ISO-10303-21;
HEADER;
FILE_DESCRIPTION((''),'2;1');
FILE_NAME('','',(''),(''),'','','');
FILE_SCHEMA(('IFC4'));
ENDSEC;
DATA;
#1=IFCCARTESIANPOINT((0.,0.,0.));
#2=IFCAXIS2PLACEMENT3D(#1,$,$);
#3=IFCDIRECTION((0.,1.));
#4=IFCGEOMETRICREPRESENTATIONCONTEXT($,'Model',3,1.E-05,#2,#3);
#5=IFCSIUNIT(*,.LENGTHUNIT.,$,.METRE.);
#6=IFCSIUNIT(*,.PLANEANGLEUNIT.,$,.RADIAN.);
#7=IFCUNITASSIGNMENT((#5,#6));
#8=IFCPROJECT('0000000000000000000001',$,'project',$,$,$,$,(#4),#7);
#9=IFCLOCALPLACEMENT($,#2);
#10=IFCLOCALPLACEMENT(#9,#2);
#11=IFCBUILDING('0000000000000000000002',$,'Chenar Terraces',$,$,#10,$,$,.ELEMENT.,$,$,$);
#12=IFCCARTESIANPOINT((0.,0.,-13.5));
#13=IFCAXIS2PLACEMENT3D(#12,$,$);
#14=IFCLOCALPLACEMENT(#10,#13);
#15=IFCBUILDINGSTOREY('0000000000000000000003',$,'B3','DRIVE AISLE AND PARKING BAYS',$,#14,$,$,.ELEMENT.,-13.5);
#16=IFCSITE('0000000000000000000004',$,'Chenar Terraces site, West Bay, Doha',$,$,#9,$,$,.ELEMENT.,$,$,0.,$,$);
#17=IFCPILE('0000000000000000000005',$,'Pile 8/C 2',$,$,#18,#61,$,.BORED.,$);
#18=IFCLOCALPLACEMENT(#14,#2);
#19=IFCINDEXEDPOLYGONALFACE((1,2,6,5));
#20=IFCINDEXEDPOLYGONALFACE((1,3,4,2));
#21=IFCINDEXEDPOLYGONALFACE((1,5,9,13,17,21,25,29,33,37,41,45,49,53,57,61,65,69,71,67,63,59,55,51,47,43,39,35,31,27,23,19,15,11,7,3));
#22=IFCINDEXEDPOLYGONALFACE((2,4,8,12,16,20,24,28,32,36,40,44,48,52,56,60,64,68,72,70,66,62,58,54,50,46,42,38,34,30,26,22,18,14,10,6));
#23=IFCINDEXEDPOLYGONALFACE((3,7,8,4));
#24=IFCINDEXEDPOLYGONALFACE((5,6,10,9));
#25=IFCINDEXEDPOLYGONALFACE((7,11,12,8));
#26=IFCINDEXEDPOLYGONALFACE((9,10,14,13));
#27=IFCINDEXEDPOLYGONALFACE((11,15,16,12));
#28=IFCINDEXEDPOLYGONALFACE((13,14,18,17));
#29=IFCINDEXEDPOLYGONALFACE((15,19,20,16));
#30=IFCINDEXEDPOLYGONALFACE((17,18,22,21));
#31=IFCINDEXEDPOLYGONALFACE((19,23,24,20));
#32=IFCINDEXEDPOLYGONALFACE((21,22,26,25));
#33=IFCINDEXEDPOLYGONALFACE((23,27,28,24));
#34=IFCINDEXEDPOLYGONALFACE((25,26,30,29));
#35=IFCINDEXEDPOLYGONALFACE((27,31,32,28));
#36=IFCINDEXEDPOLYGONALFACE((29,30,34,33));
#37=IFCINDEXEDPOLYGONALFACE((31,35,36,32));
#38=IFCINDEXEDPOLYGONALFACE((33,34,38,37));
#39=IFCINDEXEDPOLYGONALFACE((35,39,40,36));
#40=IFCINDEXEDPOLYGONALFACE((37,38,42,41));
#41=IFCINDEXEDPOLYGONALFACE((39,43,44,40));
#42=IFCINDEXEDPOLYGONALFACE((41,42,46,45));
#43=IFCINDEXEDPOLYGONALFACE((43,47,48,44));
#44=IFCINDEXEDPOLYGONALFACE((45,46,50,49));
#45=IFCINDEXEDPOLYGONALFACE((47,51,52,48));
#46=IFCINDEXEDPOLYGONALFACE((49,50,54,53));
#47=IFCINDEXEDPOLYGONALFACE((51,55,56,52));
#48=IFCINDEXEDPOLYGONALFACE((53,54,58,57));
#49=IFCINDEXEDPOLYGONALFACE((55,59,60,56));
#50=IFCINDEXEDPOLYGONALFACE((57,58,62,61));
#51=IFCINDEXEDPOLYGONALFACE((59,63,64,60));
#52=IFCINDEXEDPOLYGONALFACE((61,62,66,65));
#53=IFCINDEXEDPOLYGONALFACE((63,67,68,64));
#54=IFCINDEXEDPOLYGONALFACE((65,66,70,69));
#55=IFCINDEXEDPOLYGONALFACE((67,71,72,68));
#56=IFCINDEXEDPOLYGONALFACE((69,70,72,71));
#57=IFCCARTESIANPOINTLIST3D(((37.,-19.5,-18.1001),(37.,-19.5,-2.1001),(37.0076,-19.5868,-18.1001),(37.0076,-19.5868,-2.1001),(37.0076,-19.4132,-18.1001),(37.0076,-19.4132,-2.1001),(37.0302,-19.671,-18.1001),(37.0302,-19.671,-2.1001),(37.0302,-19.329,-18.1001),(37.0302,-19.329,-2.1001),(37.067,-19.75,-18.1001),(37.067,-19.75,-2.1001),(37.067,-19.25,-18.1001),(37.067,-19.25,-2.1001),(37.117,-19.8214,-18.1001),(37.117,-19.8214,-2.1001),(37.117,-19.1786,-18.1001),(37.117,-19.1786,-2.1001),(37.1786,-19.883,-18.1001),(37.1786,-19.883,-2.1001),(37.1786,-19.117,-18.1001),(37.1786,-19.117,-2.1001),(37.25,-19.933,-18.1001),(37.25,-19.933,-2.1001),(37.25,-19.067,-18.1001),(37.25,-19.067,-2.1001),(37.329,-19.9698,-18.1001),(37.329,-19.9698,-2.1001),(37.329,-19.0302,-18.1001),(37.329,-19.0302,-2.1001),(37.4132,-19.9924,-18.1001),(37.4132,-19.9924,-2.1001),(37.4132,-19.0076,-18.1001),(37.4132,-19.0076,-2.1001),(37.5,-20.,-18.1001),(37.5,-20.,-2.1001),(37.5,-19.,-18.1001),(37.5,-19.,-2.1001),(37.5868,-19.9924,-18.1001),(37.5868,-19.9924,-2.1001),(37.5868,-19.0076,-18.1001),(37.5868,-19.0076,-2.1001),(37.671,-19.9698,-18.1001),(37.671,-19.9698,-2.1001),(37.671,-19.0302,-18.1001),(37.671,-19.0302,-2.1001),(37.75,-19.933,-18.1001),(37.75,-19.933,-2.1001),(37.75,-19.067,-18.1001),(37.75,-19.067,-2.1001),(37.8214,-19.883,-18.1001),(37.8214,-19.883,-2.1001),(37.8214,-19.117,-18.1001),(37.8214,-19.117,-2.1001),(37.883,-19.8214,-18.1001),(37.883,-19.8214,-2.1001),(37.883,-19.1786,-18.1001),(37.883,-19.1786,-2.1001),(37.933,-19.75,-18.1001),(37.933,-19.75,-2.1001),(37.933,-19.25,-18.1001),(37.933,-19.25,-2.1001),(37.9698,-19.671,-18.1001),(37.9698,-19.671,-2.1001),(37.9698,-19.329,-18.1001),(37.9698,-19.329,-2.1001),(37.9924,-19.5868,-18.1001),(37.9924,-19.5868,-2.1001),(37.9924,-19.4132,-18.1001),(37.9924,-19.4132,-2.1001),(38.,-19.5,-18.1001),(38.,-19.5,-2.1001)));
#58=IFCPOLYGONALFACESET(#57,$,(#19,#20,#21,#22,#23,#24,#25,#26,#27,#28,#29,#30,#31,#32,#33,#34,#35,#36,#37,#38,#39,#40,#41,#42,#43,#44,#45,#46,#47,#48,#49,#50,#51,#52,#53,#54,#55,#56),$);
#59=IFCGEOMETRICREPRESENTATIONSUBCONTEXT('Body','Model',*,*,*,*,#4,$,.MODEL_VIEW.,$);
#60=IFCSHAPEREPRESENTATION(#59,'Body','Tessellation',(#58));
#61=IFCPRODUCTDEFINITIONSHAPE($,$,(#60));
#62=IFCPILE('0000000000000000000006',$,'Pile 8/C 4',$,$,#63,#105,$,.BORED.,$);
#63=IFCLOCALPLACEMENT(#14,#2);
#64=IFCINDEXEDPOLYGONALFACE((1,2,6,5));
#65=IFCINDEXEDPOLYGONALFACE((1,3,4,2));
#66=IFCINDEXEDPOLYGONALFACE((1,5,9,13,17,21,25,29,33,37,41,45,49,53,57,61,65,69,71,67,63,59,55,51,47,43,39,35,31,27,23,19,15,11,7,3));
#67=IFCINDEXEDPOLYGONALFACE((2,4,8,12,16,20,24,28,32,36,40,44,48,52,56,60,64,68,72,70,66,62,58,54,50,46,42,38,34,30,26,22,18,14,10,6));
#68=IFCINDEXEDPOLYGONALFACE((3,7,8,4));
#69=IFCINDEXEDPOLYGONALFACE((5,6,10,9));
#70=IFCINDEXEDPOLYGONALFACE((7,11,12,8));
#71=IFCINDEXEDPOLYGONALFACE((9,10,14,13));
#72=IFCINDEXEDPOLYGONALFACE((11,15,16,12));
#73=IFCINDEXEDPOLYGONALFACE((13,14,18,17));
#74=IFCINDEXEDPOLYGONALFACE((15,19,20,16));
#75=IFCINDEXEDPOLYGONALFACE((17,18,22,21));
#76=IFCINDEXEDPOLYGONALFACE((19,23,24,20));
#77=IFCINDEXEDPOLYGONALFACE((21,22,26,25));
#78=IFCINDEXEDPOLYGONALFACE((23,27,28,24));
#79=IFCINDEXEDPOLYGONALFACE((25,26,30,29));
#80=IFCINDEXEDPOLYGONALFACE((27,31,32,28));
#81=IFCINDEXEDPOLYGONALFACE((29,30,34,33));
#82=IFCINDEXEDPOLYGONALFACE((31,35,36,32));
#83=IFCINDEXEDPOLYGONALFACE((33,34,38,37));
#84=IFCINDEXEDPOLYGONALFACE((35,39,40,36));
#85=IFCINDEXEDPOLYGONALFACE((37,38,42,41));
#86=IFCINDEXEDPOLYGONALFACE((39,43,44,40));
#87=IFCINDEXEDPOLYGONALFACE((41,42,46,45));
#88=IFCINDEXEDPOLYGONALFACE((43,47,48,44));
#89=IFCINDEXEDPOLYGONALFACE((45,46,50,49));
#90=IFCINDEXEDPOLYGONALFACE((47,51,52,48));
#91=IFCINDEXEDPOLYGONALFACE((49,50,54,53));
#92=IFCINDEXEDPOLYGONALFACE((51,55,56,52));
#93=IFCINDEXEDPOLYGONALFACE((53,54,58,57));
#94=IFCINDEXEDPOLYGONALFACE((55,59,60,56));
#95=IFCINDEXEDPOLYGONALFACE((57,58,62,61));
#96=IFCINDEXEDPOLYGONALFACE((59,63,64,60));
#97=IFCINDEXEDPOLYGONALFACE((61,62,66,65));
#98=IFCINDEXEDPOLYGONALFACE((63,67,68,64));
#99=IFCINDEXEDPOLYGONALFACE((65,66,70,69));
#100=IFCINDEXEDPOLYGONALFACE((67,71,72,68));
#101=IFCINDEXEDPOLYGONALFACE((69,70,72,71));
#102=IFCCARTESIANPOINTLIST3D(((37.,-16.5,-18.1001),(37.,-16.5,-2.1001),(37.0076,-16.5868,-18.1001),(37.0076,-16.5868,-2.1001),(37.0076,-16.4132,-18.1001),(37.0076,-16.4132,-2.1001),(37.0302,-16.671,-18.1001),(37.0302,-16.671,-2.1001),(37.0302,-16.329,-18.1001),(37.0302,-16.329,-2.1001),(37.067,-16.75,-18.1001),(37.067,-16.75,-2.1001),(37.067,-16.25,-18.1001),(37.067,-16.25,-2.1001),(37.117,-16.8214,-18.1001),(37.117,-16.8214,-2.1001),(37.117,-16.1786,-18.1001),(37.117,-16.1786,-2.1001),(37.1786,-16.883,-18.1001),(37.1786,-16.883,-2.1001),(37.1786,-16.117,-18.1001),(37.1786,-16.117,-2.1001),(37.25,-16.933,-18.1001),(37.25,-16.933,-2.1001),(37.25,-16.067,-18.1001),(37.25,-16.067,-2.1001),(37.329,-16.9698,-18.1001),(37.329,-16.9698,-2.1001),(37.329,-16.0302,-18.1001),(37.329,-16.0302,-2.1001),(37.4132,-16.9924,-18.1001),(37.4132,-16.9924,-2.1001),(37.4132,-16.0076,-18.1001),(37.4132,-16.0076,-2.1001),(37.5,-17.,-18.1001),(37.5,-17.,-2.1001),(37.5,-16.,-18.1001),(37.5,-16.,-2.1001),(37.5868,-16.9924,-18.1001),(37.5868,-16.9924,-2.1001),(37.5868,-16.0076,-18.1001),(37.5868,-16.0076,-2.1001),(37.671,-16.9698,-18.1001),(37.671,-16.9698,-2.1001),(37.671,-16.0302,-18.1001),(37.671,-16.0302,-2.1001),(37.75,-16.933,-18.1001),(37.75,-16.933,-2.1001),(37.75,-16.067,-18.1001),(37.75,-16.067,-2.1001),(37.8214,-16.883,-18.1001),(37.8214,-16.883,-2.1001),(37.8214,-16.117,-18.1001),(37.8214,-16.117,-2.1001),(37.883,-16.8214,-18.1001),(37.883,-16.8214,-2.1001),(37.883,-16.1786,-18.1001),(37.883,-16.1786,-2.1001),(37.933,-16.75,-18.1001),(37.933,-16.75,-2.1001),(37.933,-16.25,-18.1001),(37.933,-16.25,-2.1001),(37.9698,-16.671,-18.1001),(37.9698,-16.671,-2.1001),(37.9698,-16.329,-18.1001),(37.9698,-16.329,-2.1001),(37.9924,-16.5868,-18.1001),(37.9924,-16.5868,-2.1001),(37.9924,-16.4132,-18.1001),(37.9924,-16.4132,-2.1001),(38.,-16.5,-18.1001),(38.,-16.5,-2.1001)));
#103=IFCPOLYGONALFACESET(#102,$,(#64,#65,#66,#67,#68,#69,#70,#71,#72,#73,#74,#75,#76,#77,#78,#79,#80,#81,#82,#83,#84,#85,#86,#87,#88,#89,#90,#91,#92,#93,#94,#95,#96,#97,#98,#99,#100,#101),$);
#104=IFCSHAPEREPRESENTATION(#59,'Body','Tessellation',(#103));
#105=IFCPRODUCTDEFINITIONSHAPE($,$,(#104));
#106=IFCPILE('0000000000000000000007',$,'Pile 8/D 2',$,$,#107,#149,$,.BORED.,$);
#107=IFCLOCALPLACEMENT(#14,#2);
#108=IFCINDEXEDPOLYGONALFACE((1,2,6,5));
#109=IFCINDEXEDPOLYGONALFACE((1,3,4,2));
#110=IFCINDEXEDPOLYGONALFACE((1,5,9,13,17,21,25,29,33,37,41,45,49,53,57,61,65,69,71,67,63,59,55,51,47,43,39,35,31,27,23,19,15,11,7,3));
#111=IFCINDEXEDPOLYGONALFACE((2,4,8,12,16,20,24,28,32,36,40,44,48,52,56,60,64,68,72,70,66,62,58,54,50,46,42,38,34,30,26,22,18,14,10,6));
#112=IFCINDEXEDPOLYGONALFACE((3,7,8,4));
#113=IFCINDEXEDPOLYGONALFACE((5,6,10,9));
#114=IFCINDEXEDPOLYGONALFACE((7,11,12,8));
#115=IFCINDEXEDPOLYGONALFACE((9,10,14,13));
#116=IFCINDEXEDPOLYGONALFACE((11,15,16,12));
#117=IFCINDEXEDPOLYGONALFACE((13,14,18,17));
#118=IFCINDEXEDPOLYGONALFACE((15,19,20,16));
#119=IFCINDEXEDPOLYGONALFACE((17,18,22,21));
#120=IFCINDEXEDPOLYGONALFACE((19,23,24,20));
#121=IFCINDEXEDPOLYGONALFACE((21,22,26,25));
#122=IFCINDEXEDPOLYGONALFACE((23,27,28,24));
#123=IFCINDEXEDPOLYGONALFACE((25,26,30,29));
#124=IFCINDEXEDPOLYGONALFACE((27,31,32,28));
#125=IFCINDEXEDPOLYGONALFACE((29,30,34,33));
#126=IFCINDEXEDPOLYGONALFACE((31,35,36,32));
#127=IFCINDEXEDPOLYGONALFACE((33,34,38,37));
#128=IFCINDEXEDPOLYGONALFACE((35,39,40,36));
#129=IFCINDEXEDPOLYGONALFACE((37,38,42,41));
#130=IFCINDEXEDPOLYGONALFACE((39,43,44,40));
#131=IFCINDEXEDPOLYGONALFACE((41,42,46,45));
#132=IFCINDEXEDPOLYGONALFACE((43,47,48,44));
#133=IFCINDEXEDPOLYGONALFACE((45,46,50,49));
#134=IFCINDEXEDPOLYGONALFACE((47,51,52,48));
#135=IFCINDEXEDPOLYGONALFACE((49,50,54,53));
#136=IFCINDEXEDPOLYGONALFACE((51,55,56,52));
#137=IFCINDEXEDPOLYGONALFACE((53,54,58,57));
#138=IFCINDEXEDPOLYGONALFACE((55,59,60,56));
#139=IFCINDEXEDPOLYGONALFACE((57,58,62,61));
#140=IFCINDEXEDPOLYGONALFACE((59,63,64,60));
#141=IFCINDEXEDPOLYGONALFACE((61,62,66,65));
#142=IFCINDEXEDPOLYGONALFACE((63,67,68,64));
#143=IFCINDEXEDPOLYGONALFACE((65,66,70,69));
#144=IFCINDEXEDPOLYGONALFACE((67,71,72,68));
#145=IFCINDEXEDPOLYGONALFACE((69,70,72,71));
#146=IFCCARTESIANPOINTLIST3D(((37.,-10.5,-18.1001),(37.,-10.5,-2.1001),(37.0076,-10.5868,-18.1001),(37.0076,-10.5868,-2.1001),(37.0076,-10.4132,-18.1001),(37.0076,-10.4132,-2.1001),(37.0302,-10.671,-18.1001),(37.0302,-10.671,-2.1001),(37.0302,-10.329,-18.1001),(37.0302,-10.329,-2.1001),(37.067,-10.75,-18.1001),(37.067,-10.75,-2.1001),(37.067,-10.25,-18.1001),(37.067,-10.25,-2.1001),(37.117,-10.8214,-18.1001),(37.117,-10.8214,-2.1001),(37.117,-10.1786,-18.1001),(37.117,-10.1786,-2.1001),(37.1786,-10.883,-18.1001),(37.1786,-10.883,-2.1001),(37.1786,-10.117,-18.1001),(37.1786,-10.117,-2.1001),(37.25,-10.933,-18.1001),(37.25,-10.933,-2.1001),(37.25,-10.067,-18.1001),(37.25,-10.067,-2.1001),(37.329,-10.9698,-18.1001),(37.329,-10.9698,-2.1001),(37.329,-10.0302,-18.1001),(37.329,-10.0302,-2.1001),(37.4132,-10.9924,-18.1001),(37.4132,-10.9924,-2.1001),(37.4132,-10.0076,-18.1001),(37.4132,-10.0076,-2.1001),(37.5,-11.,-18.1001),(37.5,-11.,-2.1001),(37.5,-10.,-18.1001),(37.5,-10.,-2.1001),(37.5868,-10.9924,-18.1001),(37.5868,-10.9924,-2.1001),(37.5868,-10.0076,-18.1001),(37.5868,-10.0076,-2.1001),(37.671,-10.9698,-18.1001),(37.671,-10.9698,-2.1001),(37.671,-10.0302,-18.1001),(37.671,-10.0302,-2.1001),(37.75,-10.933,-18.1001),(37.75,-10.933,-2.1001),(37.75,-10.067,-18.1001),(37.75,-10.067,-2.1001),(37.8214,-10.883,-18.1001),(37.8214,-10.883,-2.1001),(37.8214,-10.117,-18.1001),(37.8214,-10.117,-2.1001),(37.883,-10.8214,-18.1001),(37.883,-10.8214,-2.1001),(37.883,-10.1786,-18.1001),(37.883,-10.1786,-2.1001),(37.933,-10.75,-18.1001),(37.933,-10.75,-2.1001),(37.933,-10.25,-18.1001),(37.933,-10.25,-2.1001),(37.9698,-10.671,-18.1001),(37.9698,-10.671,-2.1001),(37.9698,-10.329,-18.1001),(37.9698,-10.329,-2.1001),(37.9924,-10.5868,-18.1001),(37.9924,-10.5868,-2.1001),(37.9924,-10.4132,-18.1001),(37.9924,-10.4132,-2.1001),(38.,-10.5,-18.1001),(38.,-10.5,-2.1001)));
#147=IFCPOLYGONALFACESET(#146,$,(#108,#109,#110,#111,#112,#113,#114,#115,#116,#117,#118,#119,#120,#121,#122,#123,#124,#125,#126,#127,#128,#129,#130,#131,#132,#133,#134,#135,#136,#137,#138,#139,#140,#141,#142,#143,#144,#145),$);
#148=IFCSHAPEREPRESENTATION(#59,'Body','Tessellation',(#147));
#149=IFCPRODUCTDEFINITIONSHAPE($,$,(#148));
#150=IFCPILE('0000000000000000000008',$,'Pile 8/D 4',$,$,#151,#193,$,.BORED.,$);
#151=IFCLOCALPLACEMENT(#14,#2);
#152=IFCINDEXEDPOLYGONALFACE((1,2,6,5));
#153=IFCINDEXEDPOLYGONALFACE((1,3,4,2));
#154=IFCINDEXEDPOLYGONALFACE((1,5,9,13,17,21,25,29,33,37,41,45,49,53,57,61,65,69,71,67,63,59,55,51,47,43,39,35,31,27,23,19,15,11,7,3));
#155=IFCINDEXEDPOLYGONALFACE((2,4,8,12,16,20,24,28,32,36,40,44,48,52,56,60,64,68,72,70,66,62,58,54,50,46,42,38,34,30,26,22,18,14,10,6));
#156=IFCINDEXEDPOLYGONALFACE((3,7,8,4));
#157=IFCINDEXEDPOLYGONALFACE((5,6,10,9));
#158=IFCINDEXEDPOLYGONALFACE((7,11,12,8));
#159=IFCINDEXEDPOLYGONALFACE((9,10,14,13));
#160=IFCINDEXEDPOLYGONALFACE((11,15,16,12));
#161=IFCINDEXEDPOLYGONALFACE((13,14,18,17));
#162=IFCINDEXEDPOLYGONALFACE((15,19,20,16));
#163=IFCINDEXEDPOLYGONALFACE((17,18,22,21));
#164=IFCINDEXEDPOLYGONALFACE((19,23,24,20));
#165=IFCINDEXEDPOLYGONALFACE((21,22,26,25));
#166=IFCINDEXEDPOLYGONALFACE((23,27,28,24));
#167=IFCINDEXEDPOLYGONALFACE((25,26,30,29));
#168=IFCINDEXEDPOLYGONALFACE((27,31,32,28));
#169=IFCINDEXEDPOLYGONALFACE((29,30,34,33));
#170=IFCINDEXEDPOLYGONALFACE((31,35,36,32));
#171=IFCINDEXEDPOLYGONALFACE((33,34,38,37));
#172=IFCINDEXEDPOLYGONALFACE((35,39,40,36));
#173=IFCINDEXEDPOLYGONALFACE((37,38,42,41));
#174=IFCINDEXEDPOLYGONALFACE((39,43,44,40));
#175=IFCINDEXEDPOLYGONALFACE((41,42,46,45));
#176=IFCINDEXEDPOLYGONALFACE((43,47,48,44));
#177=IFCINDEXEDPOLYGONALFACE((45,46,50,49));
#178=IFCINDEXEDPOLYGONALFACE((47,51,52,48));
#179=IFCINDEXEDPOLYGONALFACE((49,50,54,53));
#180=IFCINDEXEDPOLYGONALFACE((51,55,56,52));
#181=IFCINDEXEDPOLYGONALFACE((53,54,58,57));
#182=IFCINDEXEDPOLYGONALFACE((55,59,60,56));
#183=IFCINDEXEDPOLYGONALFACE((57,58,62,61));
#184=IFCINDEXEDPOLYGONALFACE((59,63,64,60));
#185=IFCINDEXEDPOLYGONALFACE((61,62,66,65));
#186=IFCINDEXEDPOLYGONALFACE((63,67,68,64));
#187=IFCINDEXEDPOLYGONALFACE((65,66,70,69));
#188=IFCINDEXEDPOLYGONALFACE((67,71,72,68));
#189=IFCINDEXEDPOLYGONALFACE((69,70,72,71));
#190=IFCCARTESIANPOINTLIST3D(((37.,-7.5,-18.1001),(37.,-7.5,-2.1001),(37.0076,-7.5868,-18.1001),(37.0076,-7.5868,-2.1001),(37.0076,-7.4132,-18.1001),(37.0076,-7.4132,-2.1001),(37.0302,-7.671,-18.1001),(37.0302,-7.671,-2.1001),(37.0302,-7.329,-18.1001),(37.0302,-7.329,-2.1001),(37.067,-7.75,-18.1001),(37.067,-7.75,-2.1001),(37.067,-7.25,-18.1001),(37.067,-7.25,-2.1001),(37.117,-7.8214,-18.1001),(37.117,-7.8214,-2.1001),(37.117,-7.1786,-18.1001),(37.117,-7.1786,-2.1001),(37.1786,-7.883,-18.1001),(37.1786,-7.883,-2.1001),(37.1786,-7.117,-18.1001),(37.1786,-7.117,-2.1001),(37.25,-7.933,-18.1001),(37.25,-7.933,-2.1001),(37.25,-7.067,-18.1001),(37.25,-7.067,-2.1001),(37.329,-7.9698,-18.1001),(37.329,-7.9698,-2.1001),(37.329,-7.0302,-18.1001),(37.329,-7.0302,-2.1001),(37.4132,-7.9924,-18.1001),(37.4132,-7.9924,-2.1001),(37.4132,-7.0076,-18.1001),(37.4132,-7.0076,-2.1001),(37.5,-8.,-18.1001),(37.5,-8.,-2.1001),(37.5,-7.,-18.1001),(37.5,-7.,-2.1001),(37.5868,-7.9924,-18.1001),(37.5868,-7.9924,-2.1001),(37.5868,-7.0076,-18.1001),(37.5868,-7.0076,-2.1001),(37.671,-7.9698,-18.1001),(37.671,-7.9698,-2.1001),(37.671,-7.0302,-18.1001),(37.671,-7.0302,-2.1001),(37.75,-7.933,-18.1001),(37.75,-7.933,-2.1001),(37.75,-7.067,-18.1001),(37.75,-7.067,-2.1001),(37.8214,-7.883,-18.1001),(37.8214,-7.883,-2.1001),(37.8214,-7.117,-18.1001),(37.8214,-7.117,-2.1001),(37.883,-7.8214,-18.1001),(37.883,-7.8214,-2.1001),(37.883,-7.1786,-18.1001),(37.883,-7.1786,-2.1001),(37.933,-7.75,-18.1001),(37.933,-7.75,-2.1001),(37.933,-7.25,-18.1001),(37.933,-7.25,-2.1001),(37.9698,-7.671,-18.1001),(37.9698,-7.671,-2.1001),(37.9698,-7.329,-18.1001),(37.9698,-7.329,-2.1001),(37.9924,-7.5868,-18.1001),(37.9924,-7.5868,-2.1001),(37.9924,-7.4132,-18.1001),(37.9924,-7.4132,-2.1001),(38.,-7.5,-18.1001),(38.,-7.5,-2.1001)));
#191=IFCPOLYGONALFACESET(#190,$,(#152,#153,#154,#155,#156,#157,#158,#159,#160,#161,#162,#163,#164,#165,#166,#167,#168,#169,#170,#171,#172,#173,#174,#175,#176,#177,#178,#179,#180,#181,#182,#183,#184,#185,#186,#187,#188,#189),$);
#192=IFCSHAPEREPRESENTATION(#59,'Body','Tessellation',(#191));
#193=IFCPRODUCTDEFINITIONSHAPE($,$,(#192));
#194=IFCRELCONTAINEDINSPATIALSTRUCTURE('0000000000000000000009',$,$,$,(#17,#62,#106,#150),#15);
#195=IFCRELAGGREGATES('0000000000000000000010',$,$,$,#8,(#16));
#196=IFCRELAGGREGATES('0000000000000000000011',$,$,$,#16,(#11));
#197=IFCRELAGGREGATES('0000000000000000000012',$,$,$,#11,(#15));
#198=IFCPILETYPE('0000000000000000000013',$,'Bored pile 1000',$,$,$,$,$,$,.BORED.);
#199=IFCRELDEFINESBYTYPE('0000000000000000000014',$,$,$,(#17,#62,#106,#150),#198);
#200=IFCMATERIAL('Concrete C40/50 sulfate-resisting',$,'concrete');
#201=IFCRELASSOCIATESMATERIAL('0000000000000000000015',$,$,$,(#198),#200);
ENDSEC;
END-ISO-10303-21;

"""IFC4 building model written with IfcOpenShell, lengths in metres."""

from ifc_helpers import new_model, si_unit, direction, frame, origin, origin_2d, place, context, subcontext, project, spatial, circle, extrude, material, material_profile, profile_set, type_object, element, save


model = new_model("IFC4")

# Units and contexts
model_context = context("Model", 3, precision=1e-05, world=origin(), true_north=direction((0.0, 1.0)))
body_context = subcontext(model_context, "Body", "Model", "MODEL_VIEW")
ifc_project = project(units=[si_unit("LENGTHUNIT", "METRE"), si_unit("PLANEANGLEUNIT", "RADIAN")], contexts=[model_context])

# Site, building, storey
site_placement = place(None, origin())
site = spatial("IfcSite", under=ifc_project, at=site_placement, Name="Chenar Terraces site, West Bay, Doha", CompositionType="ELEMENT", RefElevation=0.0)
building_placement = place(site_placement, origin())
building = spatial("IfcBuilding", under=site, at=building_placement, Name="Chenar Terraces", CompositionType="ELEMENT")
storey_placement = place(building_placement, frame((0.0, 0.0, -13.5)))
storey = spatial("IfcBuildingStorey", under=building, at=storey_placement, Name="B3", Description="DRIVE AISLE AND PARKING BAYS", CompositionType="ELEMENT", Elevation=-13.5)

# Piles
ifc_material_1 = material(Name="Concrete C40/50 sulfate-resisting", Category="concrete")
ifc_material_profile_1 = material_profile(ifc_material_1, circle(Radius=0.5, at=origin_2d()), Name="BP 1000")
ifc_profile_set_1 = profile_set([ifc_material_profile_1], Name="Concrete C40/50 sulfate-resisting")
pile_type_1 = type_object("IfcPileType", Name="Bored pile 1000", PredefinedType="BORED", material=ifc_profile_set_1)
for number, where, z_axis, x_axis, name in (
    (1, (37.5, -19.5, -2.1001), (0.0, 0.0, -1.0), (1.0, 0.0, 0.0), "Pile 8/C 2"),
    (2, (37.5, -16.5, -2.1001), (0.0, 0.0, -1.0), (1.0, 0.0, 0.0), "Pile 8/C 4"),
    (3, (37.5, -10.5, -2.1001), (0.0, 0.0, -1.0), (1.0, 0.0, 0.0), "Pile 8/D 2"),
    (4, (37.5, -7.5, -2.1001), (0.0, 0.0, -1.0), (1.0, 0.0, 0.0), "Pile 8/D 4"),
):
    element("IfcPile", number, at=place(storey_placement, frame(where, z_axis=z_axis, x_axis=x_axis)), inside=storey, type_object=pile_type_1, Name=name, PredefinedType="BORED", context=body_context, shape_type="SweptSolid", body=[
        extrude(circle(Radius=0.5, at=origin_2d()), origin(), (0.0, 0.0, 1.0), 16.0),
    ])

save(model, "model.ifc")
